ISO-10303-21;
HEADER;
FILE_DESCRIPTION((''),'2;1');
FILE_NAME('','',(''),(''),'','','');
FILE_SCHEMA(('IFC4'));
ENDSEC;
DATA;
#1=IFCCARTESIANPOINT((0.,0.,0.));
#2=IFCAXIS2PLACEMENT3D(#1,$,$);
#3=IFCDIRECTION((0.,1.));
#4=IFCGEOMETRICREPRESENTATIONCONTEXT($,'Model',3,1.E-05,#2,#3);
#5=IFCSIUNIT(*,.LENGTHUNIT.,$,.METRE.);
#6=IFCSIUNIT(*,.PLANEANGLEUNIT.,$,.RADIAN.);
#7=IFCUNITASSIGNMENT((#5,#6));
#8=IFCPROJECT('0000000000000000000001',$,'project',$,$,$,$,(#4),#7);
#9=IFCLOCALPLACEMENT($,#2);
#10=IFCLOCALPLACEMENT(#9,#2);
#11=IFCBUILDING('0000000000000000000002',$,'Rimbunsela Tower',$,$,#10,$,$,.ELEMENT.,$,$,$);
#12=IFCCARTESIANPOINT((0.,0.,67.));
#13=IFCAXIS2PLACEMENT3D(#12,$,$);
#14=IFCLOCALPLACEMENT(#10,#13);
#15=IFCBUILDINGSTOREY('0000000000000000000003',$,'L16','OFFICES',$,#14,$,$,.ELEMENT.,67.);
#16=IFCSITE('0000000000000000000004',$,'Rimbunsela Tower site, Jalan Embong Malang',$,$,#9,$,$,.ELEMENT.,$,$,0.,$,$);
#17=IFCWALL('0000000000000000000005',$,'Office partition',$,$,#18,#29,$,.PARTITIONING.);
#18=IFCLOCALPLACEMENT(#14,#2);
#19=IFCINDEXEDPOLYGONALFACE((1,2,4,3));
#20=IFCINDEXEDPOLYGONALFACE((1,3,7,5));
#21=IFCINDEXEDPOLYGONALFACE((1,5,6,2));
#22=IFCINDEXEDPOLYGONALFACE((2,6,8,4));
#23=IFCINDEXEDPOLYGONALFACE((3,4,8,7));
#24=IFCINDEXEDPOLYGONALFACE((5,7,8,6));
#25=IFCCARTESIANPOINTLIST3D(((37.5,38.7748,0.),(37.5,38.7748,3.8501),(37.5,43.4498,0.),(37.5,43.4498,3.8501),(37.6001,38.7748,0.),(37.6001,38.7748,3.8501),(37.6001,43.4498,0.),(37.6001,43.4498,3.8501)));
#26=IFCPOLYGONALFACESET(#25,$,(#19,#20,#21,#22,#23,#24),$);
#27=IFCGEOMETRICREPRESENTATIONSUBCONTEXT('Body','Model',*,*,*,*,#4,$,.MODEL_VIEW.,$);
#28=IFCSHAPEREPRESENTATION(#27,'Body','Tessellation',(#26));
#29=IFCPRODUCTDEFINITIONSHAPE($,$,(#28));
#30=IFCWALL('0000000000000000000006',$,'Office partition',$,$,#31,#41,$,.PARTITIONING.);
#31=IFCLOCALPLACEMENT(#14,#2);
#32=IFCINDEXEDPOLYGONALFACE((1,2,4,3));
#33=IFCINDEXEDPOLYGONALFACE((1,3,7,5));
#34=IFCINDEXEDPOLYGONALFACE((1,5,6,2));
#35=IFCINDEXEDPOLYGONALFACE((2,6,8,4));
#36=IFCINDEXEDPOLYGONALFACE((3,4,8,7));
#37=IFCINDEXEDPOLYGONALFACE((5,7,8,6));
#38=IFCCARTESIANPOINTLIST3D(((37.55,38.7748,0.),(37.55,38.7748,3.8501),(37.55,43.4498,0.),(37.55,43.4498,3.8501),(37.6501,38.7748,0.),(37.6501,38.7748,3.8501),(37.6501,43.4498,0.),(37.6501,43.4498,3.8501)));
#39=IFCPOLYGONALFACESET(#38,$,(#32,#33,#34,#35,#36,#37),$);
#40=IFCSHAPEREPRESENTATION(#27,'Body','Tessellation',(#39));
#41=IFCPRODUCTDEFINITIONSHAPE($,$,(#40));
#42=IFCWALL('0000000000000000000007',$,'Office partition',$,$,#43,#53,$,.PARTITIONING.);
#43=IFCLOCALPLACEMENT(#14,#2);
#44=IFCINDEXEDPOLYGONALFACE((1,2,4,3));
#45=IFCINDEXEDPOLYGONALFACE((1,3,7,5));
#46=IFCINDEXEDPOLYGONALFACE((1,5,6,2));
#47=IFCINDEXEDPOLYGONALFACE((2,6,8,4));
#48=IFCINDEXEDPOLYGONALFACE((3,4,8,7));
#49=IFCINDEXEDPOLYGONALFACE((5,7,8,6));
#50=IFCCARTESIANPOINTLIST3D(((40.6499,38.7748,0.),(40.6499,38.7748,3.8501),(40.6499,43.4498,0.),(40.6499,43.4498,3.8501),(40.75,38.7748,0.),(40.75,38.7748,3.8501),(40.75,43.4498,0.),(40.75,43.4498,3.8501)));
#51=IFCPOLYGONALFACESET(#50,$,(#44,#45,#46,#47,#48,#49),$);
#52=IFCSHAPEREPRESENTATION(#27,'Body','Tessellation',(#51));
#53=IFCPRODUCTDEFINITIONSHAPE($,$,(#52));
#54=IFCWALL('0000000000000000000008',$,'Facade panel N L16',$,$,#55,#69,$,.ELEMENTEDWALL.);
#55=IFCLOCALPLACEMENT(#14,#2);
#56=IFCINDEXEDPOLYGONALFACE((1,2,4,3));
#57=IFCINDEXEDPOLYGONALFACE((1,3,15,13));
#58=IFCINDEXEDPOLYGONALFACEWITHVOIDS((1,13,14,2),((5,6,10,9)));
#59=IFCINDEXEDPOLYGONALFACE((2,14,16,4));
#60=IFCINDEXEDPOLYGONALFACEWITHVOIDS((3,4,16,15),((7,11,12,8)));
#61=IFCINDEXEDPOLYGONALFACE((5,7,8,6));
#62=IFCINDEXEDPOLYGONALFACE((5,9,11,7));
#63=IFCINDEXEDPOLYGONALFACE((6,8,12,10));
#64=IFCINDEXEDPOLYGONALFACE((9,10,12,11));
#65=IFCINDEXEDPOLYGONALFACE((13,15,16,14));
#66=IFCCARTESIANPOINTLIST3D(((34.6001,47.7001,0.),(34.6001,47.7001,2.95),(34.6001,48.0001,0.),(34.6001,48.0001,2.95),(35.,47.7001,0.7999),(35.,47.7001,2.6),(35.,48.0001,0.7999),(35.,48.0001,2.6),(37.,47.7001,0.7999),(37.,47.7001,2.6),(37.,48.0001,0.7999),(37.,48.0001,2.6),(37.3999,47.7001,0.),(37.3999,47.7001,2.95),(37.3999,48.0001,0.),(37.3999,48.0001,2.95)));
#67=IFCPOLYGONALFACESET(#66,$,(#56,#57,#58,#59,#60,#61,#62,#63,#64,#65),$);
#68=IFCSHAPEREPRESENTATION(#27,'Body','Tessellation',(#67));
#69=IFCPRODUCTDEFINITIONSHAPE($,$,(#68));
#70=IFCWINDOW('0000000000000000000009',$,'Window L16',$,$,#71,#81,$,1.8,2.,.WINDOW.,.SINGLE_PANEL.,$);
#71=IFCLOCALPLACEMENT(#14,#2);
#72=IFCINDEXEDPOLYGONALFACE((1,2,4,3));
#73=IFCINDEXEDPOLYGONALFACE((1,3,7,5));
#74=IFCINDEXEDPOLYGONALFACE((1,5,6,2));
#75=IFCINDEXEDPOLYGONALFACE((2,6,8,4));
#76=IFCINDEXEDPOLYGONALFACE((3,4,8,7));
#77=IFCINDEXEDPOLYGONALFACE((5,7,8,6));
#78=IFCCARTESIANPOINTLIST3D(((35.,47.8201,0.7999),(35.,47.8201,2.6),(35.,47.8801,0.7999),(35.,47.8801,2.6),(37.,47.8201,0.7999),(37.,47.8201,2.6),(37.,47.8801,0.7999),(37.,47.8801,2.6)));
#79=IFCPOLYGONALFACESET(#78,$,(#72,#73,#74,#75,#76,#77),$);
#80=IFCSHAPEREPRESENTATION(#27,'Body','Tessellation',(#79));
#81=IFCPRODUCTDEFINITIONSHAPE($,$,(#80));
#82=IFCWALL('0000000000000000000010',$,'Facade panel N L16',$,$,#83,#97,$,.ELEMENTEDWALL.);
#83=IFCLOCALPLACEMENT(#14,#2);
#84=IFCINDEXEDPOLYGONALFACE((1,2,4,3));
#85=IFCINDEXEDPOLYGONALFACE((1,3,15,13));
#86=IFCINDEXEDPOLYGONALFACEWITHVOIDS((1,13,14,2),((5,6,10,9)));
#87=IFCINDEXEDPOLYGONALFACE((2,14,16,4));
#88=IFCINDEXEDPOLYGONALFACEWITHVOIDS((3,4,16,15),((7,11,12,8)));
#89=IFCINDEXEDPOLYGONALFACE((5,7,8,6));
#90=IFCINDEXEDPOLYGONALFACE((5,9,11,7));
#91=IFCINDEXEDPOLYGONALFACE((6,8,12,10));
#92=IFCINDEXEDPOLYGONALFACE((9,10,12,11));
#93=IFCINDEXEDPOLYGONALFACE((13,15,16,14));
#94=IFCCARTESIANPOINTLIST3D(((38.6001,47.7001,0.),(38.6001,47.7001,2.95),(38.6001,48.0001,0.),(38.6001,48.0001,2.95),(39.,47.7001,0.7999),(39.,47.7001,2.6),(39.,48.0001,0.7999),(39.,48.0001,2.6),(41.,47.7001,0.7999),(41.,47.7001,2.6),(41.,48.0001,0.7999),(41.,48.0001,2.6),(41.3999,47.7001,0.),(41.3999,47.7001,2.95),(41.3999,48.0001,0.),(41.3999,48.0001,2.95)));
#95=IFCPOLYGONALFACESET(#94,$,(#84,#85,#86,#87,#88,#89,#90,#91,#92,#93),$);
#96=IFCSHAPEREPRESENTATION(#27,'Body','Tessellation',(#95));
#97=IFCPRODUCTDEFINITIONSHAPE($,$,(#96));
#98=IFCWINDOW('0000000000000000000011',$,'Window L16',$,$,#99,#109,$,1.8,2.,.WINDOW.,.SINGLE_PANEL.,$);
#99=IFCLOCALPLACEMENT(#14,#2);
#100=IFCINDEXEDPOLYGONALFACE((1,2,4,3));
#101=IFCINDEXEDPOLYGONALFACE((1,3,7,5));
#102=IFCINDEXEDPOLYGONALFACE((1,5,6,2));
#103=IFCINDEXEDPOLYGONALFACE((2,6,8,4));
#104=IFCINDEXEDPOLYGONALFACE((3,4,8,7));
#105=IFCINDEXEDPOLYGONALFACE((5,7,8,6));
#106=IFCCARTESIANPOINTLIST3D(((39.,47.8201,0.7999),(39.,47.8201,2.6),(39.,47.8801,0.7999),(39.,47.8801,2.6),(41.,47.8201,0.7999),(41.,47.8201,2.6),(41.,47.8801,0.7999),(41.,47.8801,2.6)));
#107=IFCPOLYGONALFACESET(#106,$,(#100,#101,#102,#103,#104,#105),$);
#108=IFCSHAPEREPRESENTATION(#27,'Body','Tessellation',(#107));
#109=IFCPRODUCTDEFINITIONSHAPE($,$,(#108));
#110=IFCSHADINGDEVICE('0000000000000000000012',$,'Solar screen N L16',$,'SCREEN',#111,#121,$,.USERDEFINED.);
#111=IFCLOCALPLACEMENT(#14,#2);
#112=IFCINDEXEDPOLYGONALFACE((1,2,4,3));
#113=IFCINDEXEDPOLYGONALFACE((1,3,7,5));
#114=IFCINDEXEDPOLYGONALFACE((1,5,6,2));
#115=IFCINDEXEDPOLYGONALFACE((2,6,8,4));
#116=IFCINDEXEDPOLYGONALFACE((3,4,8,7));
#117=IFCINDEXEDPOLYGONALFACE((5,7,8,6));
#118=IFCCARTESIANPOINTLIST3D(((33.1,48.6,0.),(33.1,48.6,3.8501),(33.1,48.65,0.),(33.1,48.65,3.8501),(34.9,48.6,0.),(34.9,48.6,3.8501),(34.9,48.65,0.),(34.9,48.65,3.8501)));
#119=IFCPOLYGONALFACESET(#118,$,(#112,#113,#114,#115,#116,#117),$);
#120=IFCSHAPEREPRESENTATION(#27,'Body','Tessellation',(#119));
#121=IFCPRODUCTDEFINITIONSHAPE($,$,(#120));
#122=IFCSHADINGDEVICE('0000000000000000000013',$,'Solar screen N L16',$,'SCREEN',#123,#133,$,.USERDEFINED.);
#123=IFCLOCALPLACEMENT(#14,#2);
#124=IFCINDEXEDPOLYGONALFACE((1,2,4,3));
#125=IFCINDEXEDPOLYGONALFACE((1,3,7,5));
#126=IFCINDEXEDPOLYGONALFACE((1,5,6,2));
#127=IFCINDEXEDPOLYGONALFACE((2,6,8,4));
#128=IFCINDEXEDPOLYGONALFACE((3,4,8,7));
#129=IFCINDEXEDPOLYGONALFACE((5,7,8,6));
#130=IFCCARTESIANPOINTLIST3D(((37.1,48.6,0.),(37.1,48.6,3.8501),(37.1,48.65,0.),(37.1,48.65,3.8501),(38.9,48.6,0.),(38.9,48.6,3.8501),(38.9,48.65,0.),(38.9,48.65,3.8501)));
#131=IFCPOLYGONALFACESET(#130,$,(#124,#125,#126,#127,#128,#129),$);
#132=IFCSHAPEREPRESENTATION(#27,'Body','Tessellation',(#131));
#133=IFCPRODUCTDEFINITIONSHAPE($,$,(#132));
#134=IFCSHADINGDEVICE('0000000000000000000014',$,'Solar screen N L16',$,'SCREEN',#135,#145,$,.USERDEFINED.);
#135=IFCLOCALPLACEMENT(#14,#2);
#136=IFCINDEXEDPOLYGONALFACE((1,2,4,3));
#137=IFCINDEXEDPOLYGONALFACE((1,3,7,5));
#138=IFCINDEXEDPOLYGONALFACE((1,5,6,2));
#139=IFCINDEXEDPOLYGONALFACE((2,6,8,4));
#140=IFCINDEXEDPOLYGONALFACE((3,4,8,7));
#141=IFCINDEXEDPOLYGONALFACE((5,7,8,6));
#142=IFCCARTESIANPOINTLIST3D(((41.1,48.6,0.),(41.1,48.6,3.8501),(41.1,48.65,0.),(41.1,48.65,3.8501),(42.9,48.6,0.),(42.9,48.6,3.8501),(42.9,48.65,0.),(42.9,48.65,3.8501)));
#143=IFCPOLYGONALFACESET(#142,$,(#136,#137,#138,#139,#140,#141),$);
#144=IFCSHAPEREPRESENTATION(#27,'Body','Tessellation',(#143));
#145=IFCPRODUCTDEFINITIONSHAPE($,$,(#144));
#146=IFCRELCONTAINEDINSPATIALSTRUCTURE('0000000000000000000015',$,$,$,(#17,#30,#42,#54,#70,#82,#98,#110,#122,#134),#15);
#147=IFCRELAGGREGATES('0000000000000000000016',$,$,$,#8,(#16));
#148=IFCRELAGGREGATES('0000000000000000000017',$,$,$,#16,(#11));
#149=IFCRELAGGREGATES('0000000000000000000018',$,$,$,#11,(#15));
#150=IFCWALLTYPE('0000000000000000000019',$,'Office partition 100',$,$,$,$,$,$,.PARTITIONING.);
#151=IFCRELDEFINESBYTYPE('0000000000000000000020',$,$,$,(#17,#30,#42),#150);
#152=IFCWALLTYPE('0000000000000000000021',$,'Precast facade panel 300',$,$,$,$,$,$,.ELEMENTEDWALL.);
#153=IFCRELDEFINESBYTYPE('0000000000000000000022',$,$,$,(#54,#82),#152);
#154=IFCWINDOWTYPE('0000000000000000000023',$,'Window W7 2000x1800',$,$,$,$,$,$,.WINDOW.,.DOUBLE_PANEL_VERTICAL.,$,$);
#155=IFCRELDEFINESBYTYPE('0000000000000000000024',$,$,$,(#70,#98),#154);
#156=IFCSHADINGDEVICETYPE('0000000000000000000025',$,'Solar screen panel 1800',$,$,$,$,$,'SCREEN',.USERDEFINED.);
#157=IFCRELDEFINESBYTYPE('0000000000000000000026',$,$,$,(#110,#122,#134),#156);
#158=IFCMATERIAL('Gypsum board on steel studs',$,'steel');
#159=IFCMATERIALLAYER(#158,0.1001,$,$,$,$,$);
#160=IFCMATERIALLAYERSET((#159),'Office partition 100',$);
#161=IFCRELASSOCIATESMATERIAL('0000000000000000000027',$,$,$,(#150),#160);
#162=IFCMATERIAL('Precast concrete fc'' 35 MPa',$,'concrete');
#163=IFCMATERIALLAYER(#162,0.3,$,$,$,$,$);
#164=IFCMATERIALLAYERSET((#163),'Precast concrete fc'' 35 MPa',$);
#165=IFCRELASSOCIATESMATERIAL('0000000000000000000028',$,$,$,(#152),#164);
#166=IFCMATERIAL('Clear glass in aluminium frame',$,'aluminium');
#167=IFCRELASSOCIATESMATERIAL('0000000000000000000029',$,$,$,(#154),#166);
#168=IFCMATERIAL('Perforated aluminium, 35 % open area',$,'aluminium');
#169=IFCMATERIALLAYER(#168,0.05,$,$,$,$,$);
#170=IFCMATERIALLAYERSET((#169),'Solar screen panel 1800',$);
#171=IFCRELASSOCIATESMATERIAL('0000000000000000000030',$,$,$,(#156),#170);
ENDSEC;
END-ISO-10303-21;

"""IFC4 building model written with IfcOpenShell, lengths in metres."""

from ifc_helpers import new_model, si_unit, direction, frame, frame_2d, origin, origin_2d, place, context, subcontext, project, spatial, rectangle, extrude, material, layer, layer_set, type_object, element, fill, save


model = new_model("IFC4")

# Units and contexts
model_context = context("Model", 3, precision=1e-05, world=origin(), true_north=direction((0.0, 1.0)))
body_context = subcontext(model_context, "Body", "Model", "MODEL_VIEW")
ifc_project = project(units=[si_unit("LENGTHUNIT", "METRE"), si_unit("PLANEANGLEUNIT", "RADIAN")], contexts=[model_context])

# Site, building, storey
site_placement = place(None, origin())
site = spatial("IfcSite", under=ifc_project, at=site_placement, Name="Rimbunsela Tower site, Jalan Embong Malang", CompositionType="ELEMENT", RefElevation=0.0)
building_placement = place(site_placement, origin())
building = spatial("IfcBuilding", under=site, at=building_placement, Name="Rimbunsela Tower", CompositionType="ELEMENT")
storey_placement = place(building_placement, frame((0.0, 0.0, 67.0)))
storey = spatial("IfcBuildingStorey", under=building, at=storey_placement, Name="L16", Description="OFFICES", CompositionType="ELEMENT", Elevation=67.0)

# Shared definitions
ifc_material_1 = material(Name="Gypsum board on steel studs", Category="steel")
ifc_layer_1 = layer(ifc_material_1, 0.1001)
ifc_layer_set_1 = layer_set([ifc_layer_1], Name="Office partition 100")
wall_type_1 = type_object("IfcWallType", Name="Office partition 100", PredefinedType="PARTITIONING", material=ifc_layer_set_1)

# Walls
for number, where, z_axis, x_axis, name in (
    (1, (37.55, 38.7749, 0.0), (0.0, 0.0, 1.0), (0.0, 1.0, 0.0), "Office partition"),
    (2, (37.6001, 38.7749, 0.0), (0.0, 0.0, 1.0), (0.0, 1.0, 0.0), "Office partition"),
    (3, (40.7, 38.7749, 0.0), (0.0, 0.0, 1.0), (0.0, 1.0, 0.0), "Office partition"),
):
    element("IfcWall", number, at=place(storey_placement, frame(where, z_axis=z_axis, x_axis=x_axis)), inside=storey, type_object=wall_type_1, Name=name, PredefinedType="PARTITIONING", context=body_context, shape_type="SweptSolid", body=[
        extrude(rectangle(XDim=4.675, YDim=0.1001, at=frame_2d((2.3374, 0.0))), origin(), (0.0, 0.0, 1.0), 3.8501),
    ])

# Walls, openings, windows
ifc_material_2 = material(Name="Precast concrete fc' 35 MPa", Category="concrete")
ifc_layer_2 = layer(ifc_material_2, 0.3)
ifc_layer_set_2 = layer_set([ifc_layer_2], Name="Precast concrete fc' 35 MPa")
wall_type_2 = type_object("IfcWallType", Name="Precast facade panel 300", PredefinedType="ELEMENTEDWALL", material=ifc_layer_set_2)
wall_1_placement = place(storey_placement, frame((37.3999, 47.8501, 0.0), z_axis=(0.0, 0.0, 1.0), x_axis=(-1.0, 0.0, 0.0)))
wall_1 = element("IfcWall", 4, at=wall_1_placement, inside=storey, type_object=wall_type_2, Name="Facade panel N L16", PredefinedType="ELEMENTEDWALL", context=body_context, shape_type="SweptSolid", body=[
    extrude(rectangle(XDim=2.7998, YDim=0.3, at=frame_2d((1.3999, 0.0))), origin(), (0.0, 0.0, 1.0), 2.95),
])
opening_1_placement = place(wall_1_placement, frame((0.3999, 0.0, 0.8)))
opening_1 = element("IfcOpeningElement", 5, at=opening_1_placement, cuts=wall_1, PredefinedType="OPENING", context=body_context, shape_type="SweptSolid", body=[
    extrude(rectangle(XDim=2.0, YDim=1.8, at=frame_2d((1.0, 0.8999))), frame((0.0, 0.1599, 0.0), z_axis=(0.0, -1.0, 0.0), x_axis=(1.0, 0.0, 0.0)), (0.0, 0.0, 1.0), 0.3201),
])
ifc_material_3 = material(Name="Clear glass in aluminium frame", Category="aluminium")
window_type = type_object("IfcWindowType", Name="Window W7 2000x1800", PartitioningType="DOUBLE_PANEL_VERTICAL", PredefinedType="WINDOW", material=ifc_material_3)
window_1_placement = place(opening_1_placement, origin())
window_1 = element("IfcWindow", 6, at=window_1_placement, inside=storey, type_object=window_type, Name="Window L16", OverallHeight=1.8, OverallWidth=2.0, PartitioningType="SINGLE_PANEL", PredefinedType="WINDOW", context=body_context, shape_type="SweptSolid", body=[
    extrude(rectangle(XDim=2.0, YDim=1.8, at=frame_2d((1.0, 0.8999))), frame((0.0, 0.03, 0.0), z_axis=(0.0, -1.0, 0.0), x_axis=(1.0, 0.0, 0.0)), (0.0, 0.0, 1.0), 0.0601),
])
fill(opening_1, window_1)
wall_2_placement = place(storey_placement, frame((41.3999, 47.8501, 0.0), z_axis=(0.0, 0.0, 1.0), x_axis=(-1.0, 0.0, 0.0)))
wall_2 = element("IfcWall", 7, at=wall_2_placement, inside=storey, type_object=wall_type_2, Name="Facade panel N L16", PredefinedType="ELEMENTEDWALL", context=body_context, shape_type="SweptSolid", body=[
    extrude(rectangle(XDim=2.7998, YDim=0.3, at=frame_2d((1.3999, 0.0))), origin(), (0.0, 0.0, 1.0), 2.95),
])
opening_2_placement = place(wall_2_placement, frame((0.3999, 0.0, 0.8)))
opening_2 = element("IfcOpeningElement", 8, at=opening_2_placement, cuts=wall_2, PredefinedType="OPENING", context=body_context, shape_type="SweptSolid", body=[
    extrude(rectangle(XDim=2.0, YDim=1.8, at=frame_2d((1.0, 0.8999))), frame((0.0, 0.1599, 0.0), z_axis=(0.0, -1.0, 0.0), x_axis=(1.0, 0.0, 0.0)), (0.0, 0.0, 1.0), 0.3201),
])
window_2_placement = place(opening_2_placement, origin())
window_2 = element("IfcWindow", 9, at=window_2_placement, inside=storey, type_object=window_type, Name="Window L16", OverallHeight=1.8, OverallWidth=2.0, PartitioningType="SINGLE_PANEL", PredefinedType="WINDOW", context=body_context, shape_type="SweptSolid", body=[
    extrude(rectangle(XDim=2.0, YDim=1.8, at=frame_2d((1.0, 0.8999))), frame((0.0, 0.03, 0.0), z_axis=(0.0, -1.0, 0.0), x_axis=(1.0, 0.0, 0.0)), (0.0, 0.0, 1.0), 0.0601),
])
fill(opening_2, window_2)

# Shading devices
ifc_material_4 = material(Name="Perforated aluminium, 35 % open area", Category="aluminium")
ifc_layer_3 = layer(ifc_material_4, 0.05)
ifc_layer_set_3 = layer_set([ifc_layer_3], Name="Solar screen panel 1800")
shading_device_type = type_object("IfcShadingDeviceType", Name="Solar screen panel 1800", ElementType="SCREEN", PredefinedType="USERDEFINED", material=ifc_layer_set_3)
for number, where, z_axis, x_axis, name in (
    (10, (34.0, 48.625, 0.0), (0.0, 0.0, 1.0), (1.0, 0.0, 0.0), "Solar screen N L16"),
    (11, (38.0, 48.625, 0.0), (0.0, 0.0, 1.0), (1.0, 0.0, 0.0), "Solar screen N L16"),
    (12, (42.0, 48.625, 0.0), (0.0, 0.0, 1.0), (1.0, 0.0, 0.0), "Solar screen N L16"),
):
    element("IfcShadingDevice", number, at=place(storey_placement, frame(where, z_axis=z_axis, x_axis=x_axis)), inside=storey, type_object=shading_device_type, Name=name, ObjectType="SCREEN", PredefinedType="USERDEFINED", context=body_context, shape_type="SweptSolid", body=[
        extrude(rectangle(XDim=1.8, YDim=0.05, at=origin_2d()), origin(), (0.0, 0.0, 1.0), 3.8501),
    ])

save(model, "model.ifc")
